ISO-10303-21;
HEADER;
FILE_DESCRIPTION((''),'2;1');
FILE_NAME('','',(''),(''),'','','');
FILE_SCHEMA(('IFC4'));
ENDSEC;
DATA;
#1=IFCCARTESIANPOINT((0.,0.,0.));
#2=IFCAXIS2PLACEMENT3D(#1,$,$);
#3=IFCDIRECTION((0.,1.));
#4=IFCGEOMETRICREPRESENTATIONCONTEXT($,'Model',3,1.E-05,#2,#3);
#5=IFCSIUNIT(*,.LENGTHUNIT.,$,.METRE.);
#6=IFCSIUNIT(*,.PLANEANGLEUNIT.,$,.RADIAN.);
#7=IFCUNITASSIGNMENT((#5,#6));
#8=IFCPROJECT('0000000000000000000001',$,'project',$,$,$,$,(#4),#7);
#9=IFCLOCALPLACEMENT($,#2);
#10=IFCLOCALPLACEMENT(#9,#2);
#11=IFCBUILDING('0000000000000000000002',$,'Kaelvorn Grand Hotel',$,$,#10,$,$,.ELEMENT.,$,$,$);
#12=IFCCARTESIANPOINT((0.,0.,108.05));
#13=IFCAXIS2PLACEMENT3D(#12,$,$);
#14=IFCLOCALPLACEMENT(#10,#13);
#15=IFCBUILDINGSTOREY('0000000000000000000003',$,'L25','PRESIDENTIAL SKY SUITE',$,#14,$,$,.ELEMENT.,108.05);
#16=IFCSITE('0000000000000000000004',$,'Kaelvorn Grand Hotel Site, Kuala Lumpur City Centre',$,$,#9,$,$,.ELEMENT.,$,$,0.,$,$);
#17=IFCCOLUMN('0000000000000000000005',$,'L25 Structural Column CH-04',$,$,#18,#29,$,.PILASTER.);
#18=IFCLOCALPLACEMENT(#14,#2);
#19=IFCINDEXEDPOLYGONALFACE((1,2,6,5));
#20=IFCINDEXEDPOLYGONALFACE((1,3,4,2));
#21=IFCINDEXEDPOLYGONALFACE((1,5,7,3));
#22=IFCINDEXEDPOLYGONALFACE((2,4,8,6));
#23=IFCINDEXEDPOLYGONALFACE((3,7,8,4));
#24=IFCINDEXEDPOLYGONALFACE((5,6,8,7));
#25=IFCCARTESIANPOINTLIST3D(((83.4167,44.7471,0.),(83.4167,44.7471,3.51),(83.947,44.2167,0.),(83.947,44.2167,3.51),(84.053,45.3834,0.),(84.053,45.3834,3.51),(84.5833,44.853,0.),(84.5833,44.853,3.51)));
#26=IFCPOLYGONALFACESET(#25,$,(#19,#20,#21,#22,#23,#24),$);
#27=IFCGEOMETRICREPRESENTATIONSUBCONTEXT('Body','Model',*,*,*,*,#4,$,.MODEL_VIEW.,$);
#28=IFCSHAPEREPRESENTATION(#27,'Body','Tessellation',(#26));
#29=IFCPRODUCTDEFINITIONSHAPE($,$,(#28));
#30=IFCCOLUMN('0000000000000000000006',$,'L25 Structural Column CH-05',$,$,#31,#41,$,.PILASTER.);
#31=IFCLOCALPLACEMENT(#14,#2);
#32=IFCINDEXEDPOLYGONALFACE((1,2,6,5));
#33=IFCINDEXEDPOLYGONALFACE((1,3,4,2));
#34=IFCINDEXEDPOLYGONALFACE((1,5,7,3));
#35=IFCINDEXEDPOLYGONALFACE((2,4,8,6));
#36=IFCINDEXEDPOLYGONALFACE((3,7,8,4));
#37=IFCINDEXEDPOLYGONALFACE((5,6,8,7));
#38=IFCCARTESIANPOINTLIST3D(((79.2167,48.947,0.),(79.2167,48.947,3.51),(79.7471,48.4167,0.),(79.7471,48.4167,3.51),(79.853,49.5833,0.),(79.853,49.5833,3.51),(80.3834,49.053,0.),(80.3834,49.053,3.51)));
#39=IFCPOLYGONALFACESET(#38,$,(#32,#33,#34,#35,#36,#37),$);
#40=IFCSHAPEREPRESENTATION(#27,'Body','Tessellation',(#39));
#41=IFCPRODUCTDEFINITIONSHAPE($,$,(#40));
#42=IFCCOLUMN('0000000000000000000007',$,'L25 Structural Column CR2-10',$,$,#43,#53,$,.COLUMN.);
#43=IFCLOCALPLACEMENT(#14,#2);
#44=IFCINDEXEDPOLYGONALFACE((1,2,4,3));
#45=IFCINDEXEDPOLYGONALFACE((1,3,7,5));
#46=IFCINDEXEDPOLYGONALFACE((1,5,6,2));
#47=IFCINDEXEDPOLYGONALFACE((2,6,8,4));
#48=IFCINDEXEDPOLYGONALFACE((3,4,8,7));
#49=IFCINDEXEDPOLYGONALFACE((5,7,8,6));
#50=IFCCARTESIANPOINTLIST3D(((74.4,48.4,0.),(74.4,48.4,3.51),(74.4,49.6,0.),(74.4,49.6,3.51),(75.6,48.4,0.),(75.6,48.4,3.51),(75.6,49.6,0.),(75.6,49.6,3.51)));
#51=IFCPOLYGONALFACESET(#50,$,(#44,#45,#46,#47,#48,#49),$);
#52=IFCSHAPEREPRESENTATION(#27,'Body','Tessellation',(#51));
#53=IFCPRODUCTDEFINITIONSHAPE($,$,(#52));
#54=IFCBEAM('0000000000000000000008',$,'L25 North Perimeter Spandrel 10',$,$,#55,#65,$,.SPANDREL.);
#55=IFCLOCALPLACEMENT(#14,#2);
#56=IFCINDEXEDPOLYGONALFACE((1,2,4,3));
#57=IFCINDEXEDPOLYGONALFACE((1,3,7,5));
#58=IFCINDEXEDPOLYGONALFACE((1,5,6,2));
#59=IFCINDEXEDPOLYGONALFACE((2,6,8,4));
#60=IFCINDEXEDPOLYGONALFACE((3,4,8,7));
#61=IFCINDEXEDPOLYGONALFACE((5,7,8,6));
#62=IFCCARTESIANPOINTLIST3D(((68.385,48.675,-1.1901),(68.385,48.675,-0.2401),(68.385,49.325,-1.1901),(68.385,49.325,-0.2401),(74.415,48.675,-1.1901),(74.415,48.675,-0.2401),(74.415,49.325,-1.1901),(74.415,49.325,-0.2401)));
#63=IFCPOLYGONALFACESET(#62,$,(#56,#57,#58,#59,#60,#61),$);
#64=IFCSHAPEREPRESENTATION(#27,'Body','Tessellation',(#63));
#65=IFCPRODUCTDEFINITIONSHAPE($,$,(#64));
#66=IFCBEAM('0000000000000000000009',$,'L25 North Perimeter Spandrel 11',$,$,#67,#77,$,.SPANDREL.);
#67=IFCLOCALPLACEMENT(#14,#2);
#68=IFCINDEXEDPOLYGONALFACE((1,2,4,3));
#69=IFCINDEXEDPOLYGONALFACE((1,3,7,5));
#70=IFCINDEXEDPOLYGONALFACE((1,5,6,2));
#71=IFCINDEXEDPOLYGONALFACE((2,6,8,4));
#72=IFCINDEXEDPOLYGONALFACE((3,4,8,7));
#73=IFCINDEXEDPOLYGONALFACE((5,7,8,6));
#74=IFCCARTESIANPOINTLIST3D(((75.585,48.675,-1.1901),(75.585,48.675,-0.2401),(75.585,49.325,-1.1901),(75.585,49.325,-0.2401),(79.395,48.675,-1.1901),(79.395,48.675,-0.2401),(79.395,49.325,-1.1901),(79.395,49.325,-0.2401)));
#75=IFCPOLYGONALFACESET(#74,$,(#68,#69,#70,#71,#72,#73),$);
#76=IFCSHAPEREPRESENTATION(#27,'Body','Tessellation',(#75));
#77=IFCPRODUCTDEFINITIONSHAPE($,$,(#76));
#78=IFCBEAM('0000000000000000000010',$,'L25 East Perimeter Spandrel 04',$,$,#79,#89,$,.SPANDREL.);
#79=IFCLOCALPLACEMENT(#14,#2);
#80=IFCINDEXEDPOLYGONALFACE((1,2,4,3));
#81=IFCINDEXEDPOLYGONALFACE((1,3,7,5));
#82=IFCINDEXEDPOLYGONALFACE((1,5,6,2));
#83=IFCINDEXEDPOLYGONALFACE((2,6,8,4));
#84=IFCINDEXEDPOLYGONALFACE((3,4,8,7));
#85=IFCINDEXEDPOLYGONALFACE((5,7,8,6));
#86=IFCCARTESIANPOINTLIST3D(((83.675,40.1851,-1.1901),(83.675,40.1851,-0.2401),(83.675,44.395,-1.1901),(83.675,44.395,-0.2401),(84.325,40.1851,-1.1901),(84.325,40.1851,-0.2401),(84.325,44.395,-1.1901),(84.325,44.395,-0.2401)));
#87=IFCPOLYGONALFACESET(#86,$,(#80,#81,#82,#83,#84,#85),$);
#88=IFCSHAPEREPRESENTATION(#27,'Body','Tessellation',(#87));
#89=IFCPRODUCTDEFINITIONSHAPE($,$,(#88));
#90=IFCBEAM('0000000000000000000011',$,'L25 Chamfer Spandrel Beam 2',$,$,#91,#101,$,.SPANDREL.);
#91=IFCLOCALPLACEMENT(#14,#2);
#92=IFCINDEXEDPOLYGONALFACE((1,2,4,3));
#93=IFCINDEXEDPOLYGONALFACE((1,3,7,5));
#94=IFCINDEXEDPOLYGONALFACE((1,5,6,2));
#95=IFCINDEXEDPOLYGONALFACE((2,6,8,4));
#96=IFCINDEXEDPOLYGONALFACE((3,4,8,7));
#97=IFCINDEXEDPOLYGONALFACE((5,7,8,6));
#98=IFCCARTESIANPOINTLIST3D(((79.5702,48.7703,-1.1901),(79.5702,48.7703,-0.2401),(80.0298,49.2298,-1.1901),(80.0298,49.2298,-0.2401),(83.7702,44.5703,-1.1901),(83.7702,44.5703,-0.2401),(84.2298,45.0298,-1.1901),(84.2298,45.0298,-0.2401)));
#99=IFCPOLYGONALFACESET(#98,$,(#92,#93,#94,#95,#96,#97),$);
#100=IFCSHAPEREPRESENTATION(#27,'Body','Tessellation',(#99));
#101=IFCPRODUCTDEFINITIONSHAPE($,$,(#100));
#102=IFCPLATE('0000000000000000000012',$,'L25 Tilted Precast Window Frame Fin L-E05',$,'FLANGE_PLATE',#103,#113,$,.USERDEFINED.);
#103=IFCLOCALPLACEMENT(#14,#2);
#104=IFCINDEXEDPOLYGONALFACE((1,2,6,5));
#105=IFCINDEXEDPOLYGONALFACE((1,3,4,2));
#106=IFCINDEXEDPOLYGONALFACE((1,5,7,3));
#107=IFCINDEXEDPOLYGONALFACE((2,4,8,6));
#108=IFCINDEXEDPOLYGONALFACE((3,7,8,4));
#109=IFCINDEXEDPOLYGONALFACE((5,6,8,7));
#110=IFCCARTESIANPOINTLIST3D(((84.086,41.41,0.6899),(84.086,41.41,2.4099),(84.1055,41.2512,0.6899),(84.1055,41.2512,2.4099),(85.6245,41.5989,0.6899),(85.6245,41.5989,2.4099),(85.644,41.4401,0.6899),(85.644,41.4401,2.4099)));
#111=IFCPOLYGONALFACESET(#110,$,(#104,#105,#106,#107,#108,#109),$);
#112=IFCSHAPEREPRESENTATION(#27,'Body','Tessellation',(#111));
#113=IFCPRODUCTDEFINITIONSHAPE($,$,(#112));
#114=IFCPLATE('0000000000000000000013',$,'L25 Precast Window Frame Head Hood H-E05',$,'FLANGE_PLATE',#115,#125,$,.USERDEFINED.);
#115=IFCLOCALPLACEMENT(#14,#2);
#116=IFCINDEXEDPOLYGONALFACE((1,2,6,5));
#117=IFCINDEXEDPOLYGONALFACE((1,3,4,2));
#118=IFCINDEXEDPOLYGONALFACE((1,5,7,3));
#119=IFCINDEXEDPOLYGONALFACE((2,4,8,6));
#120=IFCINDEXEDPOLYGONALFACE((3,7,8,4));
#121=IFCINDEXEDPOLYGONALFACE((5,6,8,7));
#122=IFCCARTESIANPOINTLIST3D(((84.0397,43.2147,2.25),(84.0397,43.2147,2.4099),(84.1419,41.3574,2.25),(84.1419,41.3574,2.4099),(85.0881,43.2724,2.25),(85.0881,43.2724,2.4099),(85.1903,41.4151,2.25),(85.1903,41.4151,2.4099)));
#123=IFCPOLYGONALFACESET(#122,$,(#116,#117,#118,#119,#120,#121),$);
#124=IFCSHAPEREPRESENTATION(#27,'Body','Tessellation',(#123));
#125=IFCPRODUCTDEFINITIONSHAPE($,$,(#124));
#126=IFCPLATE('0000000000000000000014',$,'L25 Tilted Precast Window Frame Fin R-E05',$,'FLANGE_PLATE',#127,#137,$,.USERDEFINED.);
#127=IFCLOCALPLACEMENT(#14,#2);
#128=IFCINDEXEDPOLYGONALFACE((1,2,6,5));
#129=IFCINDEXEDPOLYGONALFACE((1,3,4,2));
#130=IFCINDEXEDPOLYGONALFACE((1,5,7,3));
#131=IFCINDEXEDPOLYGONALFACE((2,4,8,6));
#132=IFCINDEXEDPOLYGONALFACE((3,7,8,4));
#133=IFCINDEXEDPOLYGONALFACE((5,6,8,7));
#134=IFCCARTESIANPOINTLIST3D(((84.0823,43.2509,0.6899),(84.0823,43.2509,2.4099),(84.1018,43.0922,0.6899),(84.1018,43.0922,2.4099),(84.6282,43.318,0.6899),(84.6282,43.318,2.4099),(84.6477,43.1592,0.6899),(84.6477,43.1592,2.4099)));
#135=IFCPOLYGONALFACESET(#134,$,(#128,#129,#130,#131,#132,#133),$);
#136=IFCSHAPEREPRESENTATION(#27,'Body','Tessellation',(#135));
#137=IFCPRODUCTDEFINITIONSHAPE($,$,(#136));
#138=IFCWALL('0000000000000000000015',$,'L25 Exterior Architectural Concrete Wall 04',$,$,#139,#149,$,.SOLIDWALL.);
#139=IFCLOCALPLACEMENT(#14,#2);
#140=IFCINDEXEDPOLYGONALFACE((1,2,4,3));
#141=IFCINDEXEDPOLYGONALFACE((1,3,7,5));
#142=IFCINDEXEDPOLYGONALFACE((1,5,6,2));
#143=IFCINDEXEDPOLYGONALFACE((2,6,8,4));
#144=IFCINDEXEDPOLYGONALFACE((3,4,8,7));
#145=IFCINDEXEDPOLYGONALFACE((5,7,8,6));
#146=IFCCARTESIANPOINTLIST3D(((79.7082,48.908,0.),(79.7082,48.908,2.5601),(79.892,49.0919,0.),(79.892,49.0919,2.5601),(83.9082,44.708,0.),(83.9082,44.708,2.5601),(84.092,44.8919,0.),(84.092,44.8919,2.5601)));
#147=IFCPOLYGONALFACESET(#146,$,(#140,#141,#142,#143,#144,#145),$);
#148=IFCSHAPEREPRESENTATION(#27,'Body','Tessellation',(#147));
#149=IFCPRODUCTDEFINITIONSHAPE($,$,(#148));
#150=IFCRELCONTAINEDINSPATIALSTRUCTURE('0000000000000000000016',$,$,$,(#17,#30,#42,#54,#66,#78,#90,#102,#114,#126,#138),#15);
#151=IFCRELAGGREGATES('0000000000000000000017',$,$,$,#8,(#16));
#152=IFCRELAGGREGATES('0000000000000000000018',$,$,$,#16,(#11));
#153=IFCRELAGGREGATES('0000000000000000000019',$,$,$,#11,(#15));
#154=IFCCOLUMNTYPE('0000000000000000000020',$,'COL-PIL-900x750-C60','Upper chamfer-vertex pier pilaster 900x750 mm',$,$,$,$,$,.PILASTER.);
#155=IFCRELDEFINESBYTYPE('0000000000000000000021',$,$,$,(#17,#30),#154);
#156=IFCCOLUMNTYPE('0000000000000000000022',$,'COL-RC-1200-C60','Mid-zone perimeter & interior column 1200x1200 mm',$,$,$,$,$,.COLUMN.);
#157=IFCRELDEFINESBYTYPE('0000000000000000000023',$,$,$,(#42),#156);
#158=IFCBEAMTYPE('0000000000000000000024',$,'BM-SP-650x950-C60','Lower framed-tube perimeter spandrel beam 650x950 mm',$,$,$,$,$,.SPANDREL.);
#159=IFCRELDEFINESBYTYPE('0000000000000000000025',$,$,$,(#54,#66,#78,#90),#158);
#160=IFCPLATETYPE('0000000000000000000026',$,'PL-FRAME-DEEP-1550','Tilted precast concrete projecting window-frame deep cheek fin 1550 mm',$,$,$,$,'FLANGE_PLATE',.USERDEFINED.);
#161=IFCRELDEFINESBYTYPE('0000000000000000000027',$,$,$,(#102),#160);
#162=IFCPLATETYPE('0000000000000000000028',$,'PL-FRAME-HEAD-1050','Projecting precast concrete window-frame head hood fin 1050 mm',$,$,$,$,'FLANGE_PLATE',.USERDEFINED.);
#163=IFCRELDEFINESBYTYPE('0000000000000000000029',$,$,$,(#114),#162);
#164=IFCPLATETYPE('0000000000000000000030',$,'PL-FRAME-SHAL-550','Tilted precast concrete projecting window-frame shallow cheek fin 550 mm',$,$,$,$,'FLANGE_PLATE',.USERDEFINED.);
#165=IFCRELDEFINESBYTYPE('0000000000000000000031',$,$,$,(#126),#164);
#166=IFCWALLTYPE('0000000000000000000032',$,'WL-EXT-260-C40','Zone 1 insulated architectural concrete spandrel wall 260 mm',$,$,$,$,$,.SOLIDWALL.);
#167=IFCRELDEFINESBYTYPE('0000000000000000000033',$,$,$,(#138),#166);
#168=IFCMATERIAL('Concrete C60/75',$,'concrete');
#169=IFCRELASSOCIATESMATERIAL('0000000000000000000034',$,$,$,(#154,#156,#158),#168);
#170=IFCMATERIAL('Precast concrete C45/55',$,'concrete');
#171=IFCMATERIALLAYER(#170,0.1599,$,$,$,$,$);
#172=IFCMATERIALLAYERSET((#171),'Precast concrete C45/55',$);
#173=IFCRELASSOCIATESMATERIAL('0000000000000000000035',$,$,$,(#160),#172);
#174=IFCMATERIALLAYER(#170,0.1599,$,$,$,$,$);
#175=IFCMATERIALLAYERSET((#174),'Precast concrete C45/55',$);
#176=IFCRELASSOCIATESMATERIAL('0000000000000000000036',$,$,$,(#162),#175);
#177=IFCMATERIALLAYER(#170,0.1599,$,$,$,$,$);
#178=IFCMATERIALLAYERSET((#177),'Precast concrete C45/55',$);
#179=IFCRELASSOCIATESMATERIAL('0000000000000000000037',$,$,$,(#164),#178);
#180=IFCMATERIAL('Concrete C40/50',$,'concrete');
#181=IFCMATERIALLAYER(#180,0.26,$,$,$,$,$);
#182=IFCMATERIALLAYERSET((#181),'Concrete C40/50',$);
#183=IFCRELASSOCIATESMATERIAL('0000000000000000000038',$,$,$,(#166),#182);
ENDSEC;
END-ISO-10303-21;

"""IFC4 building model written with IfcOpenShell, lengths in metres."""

from ifc_helpers import new_model, si_unit, direction, frame, frame_2d, origin, origin_2d, place, context, subcontext, project, spatial, rectangle, extrude, material, layer, layer_set, material_profile, profile_set, type_object, element, save


model = new_model("IFC4")

# Units and contexts
model_context = context("Model", 3, precision=1e-05, world=origin(), true_north=direction((0.0, 1.0)))
body_context = subcontext(model_context, "Body", "Model", "MODEL_VIEW")
ifc_project = project(units=[si_unit("LENGTHUNIT", "METRE"), si_unit("PLANEANGLEUNIT", "RADIAN")], contexts=[model_context])

# Site, building, storey
site_placement = place(None, origin())
site = spatial("IfcSite", under=ifc_project, at=site_placement, Name="Kaelvorn Grand Hotel Site, Kuala Lumpur City Centre", CompositionType="ELEMENT", RefElevation=0.0)
building_placement = place(site_placement, origin())
building = spatial("IfcBuilding", under=site, at=building_placement, Name="Kaelvorn Grand Hotel", CompositionType="ELEMENT")
storey_placement = place(building_placement, frame((0.0, 0.0, 108.05)))
storey = spatial("IfcBuildingStorey", under=building, at=storey_placement, Name="L25", Description="PRESIDENTIAL SKY SUITE", CompositionType="ELEMENT", Elevation=108.05)

# Columns
ifc_material_1 = material(Name="Concrete C60/75", Category="concrete")
ifc_material_profile_1 = material_profile(ifc_material_1, rectangle(XDim=0.8999, YDim=0.75, at=origin_2d()), Name="RC PILASTER 900x750")
ifc_profile_set_1 = profile_set([ifc_material_profile_1], Name="Concrete C60/75")
column_type_1 = type_object("IfcColumnType", Name="COL-PIL-900x750-C60", Description="Upper chamfer-vertex pier pilaster 900x750 mm", PredefinedType="PILASTER", material=ifc_profile_set_1)
for number, where, z_axis, x_axis, name in (
    (1, (84.0, 44.8, 0.0), (0.0, 0.0, 1.0), (0.707107, 0.707107, 0.0), "L25 Structural Column CH-04"),
    (2, (79.8, 49.0, 0.0), (0.0, 0.0, 1.0), (0.707107, 0.707107, 0.0), "L25 Structural Column CH-05"),
):
    element("IfcColumn", number, at=place(storey_placement, frame(where, z_axis=z_axis, x_axis=x_axis)), inside=storey, type_object=column_type_1, Name=name, PredefinedType="PILASTER", context=body_context, shape_type="SweptSolid", body=[
        extrude(rectangle(XDim=0.8999, YDim=0.75, at=origin_2d()), origin(), (0.0, 0.0, 1.0), 3.51),
    ])
ifc_material_profile_2 = material_profile(ifc_material_1, rectangle(XDim=1.2, YDim=1.2, at=origin_2d()), Name="RC COL 1200x1200")
ifc_profile_set_2 = profile_set([ifc_material_profile_2], Name="Concrete C60/75")
column_type_2 = type_object("IfcColumnType", Name="COL-RC-1200-C60", Description="Mid-zone perimeter & interior column 1200x1200 mm", PredefinedType="COLUMN", material=ifc_profile_set_2)
column_placement = place(storey_placement, frame((75.0, 49.0, 0.0), z_axis=(0.0, 0.0, 1.0), x_axis=(1.0, 0.0, 0.0)))
element("IfcColumn", 3, at=column_placement, inside=storey, type_object=column_type_2, Name="L25 Structural Column CR2-10", PredefinedType="COLUMN", context=body_context, shape_type="SweptSolid", body=[
    extrude(rectangle(XDim=1.2, YDim=1.2, at=origin_2d()), origin(), (0.0, 0.0, 1.0), 3.51),
])

# Beams
ifc_material_profile_3 = material_profile(ifc_material_1, rectangle(XDim=0.6499, YDim=0.95, at=origin_2d()), Name="RC SPANDREL 650x950")
ifc_profile_set_3 = profile_set([ifc_material_profile_3], Name="Concrete C60/75")
beam_type = type_object("IfcBeamType", Name="BM-SP-650x950-C60", Description="Lower framed-tube perimeter spandrel beam 650x950 mm", PredefinedType="SPANDREL", material=ifc_profile_set_3)
beam_1_placement = place(storey_placement, frame((68.385, 49.0, -0.7151), z_axis=(1.0, 0.0, 0.0), x_axis=(0.0, 1.0, 0.0)))
element("IfcBeam", 4, at=beam_1_placement, inside=storey, type_object=beam_type, Name="L25 North Perimeter Spandrel 10", PredefinedType="SPANDREL", context=body_context, shape_type="SweptSolid", body=[
    extrude(rectangle(XDim=0.6499, YDim=0.95, at=origin_2d()), origin(), (0.0, 0.0, 1.0), 6.03),
])
beam_2_placement = place(storey_placement, frame((75.585, 49.0, -0.7151), z_axis=(1.0, 0.0, 0.0), x_axis=(0.0, 1.0, 0.0)))
element("IfcBeam", 5, at=beam_2_placement, inside=storey, type_object=beam_type, Name="L25 North Perimeter Spandrel 11", PredefinedType="SPANDREL", context=body_context, shape_type="SweptSolid", body=[
    extrude(rectangle(XDim=0.6499, YDim=0.95, at=origin_2d()), origin(), (0.0, 0.0, 1.0), 3.8101),
])
beam_3_placement = place(storey_placement, frame((84.0, 40.1851, -0.7151), z_axis=(0.0, 1.0, 0.0), x_axis=(-1.0, 0.0, 0.0)))
element("IfcBeam", 6, at=beam_3_placement, inside=storey, type_object=beam_type, Name="L25 East Perimeter Spandrel 04", PredefinedType="SPANDREL", context=body_context, shape_type="SweptSolid", body=[
    extrude(rectangle(XDim=0.6499, YDim=0.95, at=origin_2d()), origin(), (0.0, 0.0, 1.0), 4.21),
])
beam_4_placement = place(storey_placement, frame((84.0, 44.8, -0.7151), z_axis=(-0.707107, 0.707107, 0.0), x_axis=(-0.707107, -0.707107, 0.0)))
element("IfcBeam", 7, at=beam_4_placement, inside=storey, type_object=beam_type, Name="L25 Chamfer Spandrel Beam 2", PredefinedType="SPANDREL", context=body_context, shape_type="SweptSolid", body=[
    extrude(rectangle(XDim=0.6499, YDim=0.95, at=origin_2d()), origin(), (0.0, 0.0, 1.0), 5.9397),
])

# Plates
ifc_material_2 = material(Name="Precast concrete C45/55", Category="concrete")
ifc_layer_1 = layer(ifc_material_2, 0.1599)
ifc_layer_set_1 = layer_set([ifc_layer_1], Name="Precast concrete C45/55")
plate_type_1 = type_object("IfcPlateType", Name="PL-FRAME-DEEP-1550", Description="Tilted precast concrete projecting window-frame deep cheek fin 1550 mm", ElementType="FLANGE_PLATE", PredefinedType="USERDEFINED", material=ifc_layer_set_1)
plate_1_placement = place(storey_placement, frame((84.865, 41.425, 0.6899), z_axis=(0.0, 0.0, 1.0), x_axis=(-0.121869, 0.992546, 0.0)))
element("IfcPlate", 8, at=plate_1_placement, inside=storey, type_object=plate_type_1, Name="L25 Tilted Precast Window Frame Fin L-E05", ObjectType="FLANGE_PLATE", PredefinedType="USERDEFINED", context=body_context, shape_type="SweptSolid", body=[
    extrude(rectangle(XDim=0.1599, YDim=1.55, at=origin_2d()), origin(), (0.0, 0.0, 1.0), 1.72),
])
ifc_layer_2 = layer(ifc_material_2, 0.1599)
ifc_layer_set_2 = layer_set([ifc_layer_2], Name="Precast concrete C45/55")
plate_type_2 = type_object("IfcPlateType", Name="PL-FRAME-HEAD-1050", Description="Projecting precast concrete window-frame head hood fin 1050 mm", ElementType="FLANGE_PLATE", PredefinedType="USERDEFINED", material=ifc_layer_set_2)
plate_2_placement = place(storey_placement, frame((84.615, 42.3149, 2.25), z_axis=(0.0, 0.0, 1.0), x_axis=(-0.05495, 0.998489, 0.0)))
element("IfcPlate", 9, at=plate_2_placement, inside=storey, type_object=plate_type_2, Name="L25 Precast Window Frame Head Hood H-E05", ObjectType="FLANGE_PLATE", PredefinedType="USERDEFINED", context=body_context, shape_type="SweptSolid", body=[
    extrude(rectangle(XDim=1.8601, YDim=1.05, at=origin_2d()), origin(), (0.0, 0.0, 1.0), 0.1599),
])
ifc_layer_3 = layer(ifc_material_2, 0.1599)
ifc_layer_set_3 = layer_set([ifc_layer_3], Name="Precast concrete C45/55")
plate_type_3 = type_object("IfcPlateType", Name="PL-FRAME-SHAL-550", Description="Tilted precast concrete projecting window-frame shallow cheek fin 550 mm", ElementType="FLANGE_PLATE", PredefinedType="USERDEFINED", material=ifc_layer_set_3)
plate_3_placement = place(storey_placement, frame((84.365, 43.2051, 0.6899), z_axis=(0.0, 0.0, 1.0), x_axis=(-0.121869, 0.992546, 0.0)))
element("IfcPlate", 10, at=plate_3_placement, inside=storey, type_object=plate_type_3, Name="L25 Tilted Precast Window Frame Fin R-E05", ObjectType="FLANGE_PLATE", PredefinedType="USERDEFINED", context=body_context, shape_type="SweptSolid", body=[
    extrude(rectangle(XDim=0.1599, YDim=0.55, at=origin_2d()), origin(), (0.0, 0.0, 1.0), 1.72),
])

# Wall
ifc_material_3 = material(Name="Concrete C40/50", Category="concrete")
ifc_layer_4 = layer(ifc_material_3, 0.26)
ifc_layer_set_4 = layer_set([ifc_layer_4], Name="Concrete C40/50")
wall_type = type_object("IfcWallType", Name="WL-EXT-260-C40", Description="Zone 1 insulated architectural concrete spandrel wall 260 mm", PredefinedType="SOLIDWALL", material=ifc_layer_set_4)
wall_1_placement = place(storey_placement, frame((84.0, 44.8, 0.0), z_axis=(0.0, 0.0, 1.0), x_axis=(-0.707107, 0.707107, 0.0)))
element("IfcWall", 11, at=wall_1_placement, inside=storey, type_object=wall_type, Name="L25 Exterior Architectural Concrete Wall 04", PredefinedType="SOLIDWALL", context=body_context, shape_type="SweptSolid", body=[
    extrude(rectangle(XDim=5.9397, YDim=0.26, at=frame_2d((2.9697, 0.0))), origin(), (0.0, 0.0, 1.0), 2.5601),
])

save(model, "model.ifc")
